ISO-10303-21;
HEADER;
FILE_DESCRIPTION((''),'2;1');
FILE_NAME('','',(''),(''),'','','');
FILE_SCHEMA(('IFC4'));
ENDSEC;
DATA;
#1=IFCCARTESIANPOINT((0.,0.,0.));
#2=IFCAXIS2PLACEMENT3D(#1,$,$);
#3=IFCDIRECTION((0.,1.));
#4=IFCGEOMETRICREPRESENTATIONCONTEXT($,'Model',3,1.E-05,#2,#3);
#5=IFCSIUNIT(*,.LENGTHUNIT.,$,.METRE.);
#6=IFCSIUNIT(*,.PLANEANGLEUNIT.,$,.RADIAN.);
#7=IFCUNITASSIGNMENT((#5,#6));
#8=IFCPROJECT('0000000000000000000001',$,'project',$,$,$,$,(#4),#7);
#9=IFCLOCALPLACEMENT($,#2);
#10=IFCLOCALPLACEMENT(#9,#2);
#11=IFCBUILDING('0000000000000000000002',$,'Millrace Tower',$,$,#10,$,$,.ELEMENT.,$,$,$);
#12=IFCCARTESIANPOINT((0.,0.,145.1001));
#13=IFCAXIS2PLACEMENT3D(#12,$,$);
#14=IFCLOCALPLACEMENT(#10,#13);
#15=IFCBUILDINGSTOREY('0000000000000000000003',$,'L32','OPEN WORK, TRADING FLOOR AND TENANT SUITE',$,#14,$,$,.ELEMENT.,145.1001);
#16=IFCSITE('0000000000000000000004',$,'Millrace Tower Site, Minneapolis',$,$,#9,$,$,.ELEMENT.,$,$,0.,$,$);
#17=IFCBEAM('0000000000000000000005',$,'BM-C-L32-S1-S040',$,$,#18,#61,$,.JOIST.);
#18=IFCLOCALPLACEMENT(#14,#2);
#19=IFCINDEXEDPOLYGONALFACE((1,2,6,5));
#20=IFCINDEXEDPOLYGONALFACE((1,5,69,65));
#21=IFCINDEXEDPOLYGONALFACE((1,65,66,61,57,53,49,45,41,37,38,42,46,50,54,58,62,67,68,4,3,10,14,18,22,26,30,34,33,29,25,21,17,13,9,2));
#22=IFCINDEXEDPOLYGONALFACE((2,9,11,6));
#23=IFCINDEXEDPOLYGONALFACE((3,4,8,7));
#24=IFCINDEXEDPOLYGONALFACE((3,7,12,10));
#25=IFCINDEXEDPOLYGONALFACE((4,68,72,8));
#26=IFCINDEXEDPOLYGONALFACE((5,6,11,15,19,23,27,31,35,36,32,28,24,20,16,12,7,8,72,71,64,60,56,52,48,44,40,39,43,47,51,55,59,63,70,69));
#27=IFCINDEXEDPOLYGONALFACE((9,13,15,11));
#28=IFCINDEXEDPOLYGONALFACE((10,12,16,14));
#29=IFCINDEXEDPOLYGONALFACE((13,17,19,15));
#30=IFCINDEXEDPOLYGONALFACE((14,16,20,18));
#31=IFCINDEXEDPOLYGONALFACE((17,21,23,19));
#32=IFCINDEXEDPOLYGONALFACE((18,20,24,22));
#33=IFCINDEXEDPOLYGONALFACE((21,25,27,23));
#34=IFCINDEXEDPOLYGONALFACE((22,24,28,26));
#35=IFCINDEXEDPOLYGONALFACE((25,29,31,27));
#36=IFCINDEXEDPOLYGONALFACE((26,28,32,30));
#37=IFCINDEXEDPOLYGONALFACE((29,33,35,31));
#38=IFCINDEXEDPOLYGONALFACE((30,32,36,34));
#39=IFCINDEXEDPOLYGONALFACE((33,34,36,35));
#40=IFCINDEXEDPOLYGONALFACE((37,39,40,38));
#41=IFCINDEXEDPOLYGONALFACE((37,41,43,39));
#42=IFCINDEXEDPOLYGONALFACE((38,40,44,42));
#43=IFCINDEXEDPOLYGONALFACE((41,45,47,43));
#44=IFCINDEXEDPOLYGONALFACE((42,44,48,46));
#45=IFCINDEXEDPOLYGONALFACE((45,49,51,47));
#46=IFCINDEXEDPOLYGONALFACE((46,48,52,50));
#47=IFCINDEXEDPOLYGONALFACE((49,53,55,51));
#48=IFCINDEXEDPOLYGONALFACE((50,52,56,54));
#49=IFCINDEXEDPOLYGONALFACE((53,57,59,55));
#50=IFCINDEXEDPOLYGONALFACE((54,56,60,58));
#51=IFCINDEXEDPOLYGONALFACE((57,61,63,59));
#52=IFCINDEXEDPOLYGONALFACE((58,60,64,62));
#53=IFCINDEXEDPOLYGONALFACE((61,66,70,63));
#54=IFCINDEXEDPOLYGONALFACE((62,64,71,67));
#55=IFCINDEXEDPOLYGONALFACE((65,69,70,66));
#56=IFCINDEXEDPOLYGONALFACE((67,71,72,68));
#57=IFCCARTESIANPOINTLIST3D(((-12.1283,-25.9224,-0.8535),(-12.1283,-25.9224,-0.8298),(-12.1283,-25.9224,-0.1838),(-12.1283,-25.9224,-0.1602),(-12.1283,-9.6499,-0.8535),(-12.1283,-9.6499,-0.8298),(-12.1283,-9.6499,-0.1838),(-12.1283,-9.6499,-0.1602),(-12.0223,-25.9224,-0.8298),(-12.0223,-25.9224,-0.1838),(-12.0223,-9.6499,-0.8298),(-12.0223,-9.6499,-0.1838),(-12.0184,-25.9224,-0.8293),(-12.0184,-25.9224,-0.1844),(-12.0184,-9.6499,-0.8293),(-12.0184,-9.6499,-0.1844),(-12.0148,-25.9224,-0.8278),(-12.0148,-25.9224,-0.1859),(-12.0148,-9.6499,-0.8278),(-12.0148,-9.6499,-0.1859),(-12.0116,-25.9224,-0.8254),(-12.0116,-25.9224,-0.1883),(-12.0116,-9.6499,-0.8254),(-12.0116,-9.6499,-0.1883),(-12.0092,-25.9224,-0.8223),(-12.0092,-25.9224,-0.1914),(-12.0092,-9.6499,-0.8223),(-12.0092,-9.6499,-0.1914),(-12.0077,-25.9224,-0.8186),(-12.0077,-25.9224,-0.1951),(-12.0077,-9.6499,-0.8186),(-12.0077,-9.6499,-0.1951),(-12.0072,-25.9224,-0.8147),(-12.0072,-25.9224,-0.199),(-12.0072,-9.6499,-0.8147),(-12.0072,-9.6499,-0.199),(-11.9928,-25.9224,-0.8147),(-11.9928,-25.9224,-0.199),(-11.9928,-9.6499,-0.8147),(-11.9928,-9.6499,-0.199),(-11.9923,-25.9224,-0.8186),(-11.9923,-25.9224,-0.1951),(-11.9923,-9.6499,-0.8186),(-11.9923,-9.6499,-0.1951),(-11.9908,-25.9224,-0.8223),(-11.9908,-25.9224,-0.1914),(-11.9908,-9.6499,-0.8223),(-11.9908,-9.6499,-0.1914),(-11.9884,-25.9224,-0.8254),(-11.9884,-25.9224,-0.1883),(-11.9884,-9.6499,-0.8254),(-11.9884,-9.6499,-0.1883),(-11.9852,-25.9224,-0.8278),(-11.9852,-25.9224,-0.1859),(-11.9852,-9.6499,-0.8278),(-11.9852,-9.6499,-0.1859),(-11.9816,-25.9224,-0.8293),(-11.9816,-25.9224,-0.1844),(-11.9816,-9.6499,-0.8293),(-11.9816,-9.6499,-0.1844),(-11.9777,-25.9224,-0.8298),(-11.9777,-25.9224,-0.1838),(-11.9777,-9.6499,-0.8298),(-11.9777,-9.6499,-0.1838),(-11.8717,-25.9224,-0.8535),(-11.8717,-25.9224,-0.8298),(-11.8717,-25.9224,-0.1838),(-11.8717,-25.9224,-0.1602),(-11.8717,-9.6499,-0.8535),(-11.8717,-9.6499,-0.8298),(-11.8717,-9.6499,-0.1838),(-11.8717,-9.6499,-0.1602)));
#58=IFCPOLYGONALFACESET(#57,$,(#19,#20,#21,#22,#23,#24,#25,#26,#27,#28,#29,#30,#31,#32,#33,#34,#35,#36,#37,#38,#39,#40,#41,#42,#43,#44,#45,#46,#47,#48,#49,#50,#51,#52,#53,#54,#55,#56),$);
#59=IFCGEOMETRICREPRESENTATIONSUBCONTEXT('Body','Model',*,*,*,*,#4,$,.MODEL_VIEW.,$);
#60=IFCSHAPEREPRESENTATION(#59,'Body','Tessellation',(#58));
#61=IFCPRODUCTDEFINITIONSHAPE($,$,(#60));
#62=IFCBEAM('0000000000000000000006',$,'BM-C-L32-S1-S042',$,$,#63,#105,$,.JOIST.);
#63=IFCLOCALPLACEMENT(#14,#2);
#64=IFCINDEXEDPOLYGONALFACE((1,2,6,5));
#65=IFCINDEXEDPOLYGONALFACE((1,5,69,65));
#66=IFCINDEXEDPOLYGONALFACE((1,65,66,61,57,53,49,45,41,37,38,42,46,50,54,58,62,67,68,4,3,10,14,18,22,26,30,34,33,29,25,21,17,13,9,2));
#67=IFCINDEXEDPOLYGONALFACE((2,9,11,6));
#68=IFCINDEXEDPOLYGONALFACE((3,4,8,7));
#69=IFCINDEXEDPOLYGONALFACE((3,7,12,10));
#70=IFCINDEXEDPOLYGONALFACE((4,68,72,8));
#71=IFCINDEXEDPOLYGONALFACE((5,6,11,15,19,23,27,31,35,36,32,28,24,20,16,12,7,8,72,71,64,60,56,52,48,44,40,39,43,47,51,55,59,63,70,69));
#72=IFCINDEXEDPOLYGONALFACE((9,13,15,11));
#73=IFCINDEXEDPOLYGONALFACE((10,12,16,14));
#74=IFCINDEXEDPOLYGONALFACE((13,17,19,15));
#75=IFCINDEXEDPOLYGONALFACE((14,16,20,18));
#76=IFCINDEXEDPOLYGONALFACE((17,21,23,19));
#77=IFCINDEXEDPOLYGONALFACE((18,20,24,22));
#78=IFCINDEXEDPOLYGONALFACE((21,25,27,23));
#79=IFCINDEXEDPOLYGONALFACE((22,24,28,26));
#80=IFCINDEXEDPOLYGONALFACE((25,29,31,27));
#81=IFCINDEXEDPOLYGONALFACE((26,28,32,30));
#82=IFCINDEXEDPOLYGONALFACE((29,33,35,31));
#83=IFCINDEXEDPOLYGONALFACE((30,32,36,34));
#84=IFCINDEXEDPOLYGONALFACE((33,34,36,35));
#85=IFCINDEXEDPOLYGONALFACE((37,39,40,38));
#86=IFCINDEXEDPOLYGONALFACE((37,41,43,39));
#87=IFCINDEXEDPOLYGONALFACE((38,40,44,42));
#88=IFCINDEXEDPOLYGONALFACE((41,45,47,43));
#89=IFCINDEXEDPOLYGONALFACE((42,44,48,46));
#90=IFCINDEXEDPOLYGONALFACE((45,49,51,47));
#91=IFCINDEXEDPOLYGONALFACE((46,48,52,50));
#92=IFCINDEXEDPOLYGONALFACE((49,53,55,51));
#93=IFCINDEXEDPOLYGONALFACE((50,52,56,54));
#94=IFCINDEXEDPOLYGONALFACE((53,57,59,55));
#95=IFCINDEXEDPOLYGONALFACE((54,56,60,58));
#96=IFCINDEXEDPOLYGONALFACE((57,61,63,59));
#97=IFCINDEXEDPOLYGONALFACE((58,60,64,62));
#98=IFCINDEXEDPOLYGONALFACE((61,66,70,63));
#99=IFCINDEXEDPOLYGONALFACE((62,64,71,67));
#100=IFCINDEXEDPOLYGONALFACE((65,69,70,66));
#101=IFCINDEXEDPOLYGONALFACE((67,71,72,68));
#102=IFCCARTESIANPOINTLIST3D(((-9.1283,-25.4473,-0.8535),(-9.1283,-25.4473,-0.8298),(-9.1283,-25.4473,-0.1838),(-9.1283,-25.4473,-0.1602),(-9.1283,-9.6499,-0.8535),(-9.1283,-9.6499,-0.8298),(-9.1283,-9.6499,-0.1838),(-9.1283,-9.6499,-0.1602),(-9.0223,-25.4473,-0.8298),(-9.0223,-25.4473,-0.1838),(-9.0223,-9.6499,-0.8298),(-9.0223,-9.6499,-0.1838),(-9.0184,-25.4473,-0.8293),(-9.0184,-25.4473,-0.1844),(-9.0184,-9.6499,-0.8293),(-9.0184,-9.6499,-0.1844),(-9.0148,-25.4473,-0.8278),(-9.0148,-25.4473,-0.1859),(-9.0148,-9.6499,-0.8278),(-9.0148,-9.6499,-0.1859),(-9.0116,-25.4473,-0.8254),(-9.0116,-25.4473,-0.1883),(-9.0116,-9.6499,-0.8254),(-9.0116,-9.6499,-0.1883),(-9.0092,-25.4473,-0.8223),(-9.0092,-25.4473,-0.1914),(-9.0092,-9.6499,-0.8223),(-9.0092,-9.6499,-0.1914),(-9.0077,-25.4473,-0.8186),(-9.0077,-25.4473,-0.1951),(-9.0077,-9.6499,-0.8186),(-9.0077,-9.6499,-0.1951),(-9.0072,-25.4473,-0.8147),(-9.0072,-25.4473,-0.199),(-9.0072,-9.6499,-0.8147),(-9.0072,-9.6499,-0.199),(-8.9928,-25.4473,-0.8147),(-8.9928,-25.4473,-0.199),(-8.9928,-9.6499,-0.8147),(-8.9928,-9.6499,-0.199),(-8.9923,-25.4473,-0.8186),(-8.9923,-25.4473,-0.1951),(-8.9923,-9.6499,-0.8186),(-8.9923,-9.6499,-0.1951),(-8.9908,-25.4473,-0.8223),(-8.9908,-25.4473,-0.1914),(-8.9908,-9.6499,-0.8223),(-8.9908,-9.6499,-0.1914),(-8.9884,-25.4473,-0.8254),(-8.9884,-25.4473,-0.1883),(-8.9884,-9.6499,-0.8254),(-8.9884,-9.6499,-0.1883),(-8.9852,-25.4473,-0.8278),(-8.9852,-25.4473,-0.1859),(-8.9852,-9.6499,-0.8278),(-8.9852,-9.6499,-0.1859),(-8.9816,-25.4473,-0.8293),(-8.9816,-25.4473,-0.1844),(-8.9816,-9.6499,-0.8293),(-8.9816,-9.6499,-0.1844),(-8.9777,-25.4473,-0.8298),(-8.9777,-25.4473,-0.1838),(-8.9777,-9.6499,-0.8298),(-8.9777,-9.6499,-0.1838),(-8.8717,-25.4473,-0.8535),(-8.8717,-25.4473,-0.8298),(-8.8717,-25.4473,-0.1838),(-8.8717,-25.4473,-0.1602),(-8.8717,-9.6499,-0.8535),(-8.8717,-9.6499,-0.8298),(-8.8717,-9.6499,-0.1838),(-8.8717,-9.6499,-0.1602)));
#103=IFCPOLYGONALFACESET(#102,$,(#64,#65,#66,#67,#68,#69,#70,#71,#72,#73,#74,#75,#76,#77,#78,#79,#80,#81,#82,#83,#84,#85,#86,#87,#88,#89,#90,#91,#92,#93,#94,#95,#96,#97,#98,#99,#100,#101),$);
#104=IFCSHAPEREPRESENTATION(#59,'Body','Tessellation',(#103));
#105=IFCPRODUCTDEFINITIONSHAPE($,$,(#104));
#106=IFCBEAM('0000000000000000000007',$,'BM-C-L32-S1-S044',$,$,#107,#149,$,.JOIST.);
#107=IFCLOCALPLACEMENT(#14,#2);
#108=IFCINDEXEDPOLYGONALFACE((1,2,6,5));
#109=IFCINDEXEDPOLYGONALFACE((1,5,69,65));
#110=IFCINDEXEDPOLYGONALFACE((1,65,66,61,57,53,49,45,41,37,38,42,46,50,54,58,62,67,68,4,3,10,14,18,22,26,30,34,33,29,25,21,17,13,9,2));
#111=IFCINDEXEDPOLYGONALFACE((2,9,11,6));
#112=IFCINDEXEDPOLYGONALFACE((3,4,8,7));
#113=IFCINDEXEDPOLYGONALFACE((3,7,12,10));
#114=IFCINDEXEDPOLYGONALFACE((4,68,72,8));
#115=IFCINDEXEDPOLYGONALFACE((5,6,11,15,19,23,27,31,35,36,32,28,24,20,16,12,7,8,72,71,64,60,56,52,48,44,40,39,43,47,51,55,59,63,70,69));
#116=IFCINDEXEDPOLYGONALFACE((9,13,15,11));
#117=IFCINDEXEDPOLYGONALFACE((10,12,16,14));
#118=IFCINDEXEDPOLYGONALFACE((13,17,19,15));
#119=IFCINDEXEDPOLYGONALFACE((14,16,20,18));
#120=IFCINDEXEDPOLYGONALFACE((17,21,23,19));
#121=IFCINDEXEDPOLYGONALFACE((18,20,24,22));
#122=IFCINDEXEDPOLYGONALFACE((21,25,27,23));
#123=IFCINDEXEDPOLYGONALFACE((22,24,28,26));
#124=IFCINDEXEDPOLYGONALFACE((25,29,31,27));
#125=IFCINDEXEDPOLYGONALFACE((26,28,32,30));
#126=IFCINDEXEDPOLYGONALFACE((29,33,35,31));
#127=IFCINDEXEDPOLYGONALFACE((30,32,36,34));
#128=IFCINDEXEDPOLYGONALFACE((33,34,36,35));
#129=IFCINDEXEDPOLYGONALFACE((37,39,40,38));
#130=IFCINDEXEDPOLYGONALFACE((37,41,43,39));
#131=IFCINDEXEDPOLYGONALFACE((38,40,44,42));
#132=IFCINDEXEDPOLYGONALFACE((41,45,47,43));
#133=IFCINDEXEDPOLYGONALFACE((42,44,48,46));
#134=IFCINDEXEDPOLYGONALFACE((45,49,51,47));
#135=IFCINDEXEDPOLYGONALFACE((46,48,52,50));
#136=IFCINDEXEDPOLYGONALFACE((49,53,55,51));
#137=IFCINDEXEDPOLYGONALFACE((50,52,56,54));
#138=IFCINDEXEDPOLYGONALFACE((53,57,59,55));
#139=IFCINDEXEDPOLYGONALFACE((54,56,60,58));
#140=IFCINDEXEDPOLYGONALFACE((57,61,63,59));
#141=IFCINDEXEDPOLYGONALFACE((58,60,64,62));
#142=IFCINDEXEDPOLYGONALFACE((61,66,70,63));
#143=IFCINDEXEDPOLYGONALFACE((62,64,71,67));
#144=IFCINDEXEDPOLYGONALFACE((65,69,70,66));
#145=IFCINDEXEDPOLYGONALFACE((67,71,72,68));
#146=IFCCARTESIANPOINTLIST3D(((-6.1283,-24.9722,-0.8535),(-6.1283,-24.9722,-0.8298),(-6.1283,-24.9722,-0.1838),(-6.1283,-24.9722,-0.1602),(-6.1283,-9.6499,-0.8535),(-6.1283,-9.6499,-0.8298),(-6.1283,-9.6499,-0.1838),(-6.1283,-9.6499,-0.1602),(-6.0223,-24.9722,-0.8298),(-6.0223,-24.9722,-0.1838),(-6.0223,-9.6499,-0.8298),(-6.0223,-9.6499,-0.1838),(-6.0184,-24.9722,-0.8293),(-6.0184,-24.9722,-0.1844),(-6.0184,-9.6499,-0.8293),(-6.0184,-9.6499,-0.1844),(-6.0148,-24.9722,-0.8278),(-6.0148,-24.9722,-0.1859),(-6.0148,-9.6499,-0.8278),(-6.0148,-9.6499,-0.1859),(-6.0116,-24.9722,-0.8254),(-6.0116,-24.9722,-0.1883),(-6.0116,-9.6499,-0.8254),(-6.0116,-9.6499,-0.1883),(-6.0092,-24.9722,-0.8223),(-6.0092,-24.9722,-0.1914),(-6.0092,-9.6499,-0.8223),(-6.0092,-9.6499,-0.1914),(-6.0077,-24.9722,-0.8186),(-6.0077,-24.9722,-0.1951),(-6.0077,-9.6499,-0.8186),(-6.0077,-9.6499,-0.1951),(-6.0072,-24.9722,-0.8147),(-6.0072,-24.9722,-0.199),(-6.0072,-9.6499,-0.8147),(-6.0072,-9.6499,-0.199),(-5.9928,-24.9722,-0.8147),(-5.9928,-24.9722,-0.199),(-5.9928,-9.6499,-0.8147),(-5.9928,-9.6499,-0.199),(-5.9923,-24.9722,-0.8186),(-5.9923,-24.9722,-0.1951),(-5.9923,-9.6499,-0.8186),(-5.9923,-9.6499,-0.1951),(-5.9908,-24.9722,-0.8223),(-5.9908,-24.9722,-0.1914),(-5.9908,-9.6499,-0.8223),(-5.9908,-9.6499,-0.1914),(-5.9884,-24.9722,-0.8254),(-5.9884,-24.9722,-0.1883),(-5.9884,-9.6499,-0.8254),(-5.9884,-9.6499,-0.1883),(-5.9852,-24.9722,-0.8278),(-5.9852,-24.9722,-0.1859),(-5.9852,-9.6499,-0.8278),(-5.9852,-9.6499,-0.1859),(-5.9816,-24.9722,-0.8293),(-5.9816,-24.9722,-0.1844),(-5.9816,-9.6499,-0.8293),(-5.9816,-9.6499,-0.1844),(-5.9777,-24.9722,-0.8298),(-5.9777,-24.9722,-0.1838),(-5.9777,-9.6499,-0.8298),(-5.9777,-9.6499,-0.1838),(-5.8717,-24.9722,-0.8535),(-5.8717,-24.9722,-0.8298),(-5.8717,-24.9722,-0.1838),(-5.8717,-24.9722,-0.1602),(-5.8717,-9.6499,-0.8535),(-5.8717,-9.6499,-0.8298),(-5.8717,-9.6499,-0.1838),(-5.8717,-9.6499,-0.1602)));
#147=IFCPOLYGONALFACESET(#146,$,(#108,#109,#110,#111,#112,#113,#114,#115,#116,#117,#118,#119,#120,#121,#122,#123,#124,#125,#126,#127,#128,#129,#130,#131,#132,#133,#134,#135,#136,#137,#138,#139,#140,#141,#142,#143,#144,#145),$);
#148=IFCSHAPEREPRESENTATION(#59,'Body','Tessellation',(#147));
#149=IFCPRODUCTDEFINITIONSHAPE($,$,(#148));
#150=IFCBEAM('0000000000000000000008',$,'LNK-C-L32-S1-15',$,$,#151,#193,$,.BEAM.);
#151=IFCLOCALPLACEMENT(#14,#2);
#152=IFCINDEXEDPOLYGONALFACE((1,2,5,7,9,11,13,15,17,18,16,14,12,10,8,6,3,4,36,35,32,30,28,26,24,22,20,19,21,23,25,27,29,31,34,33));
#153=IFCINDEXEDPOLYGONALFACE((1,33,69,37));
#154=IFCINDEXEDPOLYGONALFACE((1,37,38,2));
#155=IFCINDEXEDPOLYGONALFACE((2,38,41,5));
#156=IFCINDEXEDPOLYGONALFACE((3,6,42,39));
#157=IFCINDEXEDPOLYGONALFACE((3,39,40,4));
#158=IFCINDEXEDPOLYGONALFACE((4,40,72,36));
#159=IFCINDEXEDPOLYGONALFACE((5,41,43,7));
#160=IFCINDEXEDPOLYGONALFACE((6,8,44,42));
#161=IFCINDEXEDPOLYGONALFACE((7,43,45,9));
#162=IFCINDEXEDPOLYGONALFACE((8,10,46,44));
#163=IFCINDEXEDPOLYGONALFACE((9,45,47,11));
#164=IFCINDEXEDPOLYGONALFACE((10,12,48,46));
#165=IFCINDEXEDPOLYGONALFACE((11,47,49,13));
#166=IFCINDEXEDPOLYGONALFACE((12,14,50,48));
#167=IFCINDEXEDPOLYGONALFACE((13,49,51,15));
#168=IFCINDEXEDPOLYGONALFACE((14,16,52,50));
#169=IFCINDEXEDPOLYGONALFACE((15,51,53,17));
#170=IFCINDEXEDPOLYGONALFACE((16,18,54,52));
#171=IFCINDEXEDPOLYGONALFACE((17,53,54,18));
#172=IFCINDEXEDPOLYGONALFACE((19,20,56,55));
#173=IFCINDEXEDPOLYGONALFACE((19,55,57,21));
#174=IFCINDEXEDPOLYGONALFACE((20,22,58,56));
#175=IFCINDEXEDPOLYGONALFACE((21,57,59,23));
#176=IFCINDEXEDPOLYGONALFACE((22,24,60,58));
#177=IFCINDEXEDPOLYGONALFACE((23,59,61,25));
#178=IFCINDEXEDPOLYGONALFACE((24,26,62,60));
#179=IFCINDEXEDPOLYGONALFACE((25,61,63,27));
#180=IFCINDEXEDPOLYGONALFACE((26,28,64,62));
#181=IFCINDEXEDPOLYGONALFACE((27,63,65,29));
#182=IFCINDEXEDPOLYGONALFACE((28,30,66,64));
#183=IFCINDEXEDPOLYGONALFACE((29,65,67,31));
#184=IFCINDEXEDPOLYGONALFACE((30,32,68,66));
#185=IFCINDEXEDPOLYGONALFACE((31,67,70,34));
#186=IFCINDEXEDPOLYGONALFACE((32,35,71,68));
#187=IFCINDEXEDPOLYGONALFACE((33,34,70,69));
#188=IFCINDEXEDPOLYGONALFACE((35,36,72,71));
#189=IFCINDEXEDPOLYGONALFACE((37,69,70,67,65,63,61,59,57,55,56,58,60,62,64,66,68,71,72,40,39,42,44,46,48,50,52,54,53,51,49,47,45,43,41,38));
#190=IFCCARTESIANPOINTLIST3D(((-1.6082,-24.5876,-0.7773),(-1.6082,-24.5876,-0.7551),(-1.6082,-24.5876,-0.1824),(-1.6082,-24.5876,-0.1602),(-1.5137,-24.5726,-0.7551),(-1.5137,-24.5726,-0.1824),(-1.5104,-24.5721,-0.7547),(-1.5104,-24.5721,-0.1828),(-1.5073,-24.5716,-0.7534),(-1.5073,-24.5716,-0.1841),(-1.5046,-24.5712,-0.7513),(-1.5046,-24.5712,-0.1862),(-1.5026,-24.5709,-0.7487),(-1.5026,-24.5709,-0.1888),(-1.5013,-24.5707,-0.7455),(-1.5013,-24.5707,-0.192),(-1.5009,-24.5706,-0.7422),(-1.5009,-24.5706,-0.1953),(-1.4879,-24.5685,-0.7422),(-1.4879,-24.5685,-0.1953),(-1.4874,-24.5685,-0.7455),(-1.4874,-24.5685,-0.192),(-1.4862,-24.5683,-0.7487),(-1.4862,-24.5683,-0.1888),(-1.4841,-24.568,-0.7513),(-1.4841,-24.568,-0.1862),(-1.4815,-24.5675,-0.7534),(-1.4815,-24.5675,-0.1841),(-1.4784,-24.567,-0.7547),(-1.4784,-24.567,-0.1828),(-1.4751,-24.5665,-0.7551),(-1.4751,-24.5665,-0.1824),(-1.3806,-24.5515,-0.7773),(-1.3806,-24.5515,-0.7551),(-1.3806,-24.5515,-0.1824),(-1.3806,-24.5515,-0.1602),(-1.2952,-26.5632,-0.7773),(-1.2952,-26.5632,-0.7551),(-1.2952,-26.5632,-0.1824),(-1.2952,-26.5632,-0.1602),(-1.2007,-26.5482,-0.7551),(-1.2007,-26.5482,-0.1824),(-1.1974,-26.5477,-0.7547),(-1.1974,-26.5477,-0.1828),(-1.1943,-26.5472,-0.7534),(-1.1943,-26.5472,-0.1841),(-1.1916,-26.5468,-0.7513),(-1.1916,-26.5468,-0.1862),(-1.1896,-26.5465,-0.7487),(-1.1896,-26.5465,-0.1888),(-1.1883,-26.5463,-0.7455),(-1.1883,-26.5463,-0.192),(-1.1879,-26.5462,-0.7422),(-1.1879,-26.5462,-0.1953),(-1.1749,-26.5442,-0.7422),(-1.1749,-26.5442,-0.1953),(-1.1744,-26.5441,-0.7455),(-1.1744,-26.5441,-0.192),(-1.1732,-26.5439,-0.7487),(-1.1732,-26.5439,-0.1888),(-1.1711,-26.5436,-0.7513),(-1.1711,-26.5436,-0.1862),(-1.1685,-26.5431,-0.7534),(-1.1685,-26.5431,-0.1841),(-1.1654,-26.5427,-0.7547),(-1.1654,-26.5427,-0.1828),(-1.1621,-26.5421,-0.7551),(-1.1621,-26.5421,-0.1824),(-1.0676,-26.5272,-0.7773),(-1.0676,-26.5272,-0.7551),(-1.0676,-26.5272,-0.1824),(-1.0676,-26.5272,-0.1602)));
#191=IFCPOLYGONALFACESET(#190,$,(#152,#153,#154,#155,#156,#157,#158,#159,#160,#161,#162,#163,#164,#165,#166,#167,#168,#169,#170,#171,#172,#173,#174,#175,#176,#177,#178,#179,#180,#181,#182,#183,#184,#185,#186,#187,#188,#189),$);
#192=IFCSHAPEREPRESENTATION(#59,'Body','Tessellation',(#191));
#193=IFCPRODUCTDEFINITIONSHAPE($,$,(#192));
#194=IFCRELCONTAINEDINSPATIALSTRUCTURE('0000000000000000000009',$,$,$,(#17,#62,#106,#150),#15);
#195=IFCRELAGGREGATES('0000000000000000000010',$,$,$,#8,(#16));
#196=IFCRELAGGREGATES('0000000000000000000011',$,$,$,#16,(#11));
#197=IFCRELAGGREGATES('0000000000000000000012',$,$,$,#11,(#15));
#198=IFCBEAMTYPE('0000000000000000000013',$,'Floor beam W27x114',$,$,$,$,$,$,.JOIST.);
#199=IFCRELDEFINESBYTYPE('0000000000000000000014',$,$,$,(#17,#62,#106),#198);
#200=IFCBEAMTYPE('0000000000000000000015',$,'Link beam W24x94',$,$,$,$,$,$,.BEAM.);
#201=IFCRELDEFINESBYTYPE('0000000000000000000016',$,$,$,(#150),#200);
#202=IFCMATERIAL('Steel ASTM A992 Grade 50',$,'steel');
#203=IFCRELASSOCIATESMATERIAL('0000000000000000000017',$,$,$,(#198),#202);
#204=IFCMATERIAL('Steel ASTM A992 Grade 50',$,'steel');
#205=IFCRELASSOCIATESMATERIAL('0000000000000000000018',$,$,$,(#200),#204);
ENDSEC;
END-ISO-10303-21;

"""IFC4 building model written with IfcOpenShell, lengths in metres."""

from ifc_helpers import new_model, si_unit, direction, frame, origin, origin_2d, place, context, subcontext, project, spatial, i_section, extrude, material, material_profile, profile_set, type_object, element, save


model = new_model("IFC4")

# Units and contexts
model_context = context("Model", 3, precision=1e-05, world=origin(), true_north=direction((0.0, 1.0)))
body_context = subcontext(model_context, "Body", "Model", "MODEL_VIEW")
ifc_project = project(units=[si_unit("LENGTHUNIT", "METRE"), si_unit("PLANEANGLEUNIT", "RADIAN")], contexts=[model_context])

# Site, building, storey
site_placement = place(None, origin())
site = spatial("IfcSite", under=ifc_project, at=site_placement, Name="Millrace Tower Site, Minneapolis", CompositionType="ELEMENT", RefElevation=0.0)
building_placement = place(site_placement, origin())
building = spatial("IfcBuilding", under=site, at=building_placement, Name="Millrace Tower", CompositionType="ELEMENT")
storey_placement = place(building_placement, frame((0.0, 0.0, 145.1001)))
storey = spatial("IfcBuildingStorey", under=building, at=storey_placement, Name="L32", Description="OPEN WORK, TRADING FLOOR AND TENANT SUITE", CompositionType="ELEMENT", Elevation=145.1001)

# Beams
ifc_material_1 = material(Name="Steel ASTM A992 Grade 50", Category="steel")
ifc_material_profile_1 = material_profile(ifc_material_1, i_section(OverallWidth=0.2566, OverallDepth=0.6934, WebThickness=0.0144, FlangeThickness=0.0237, FilletRadius=0.0151, at=origin_2d()))
ifc_profile_set_1 = profile_set([ifc_material_profile_1], Name="Steel ASTM A992 Grade 50")
beam_type_1 = type_object("IfcBeamType", Name="Floor beam W27x114", PredefinedType="JOIST", material=ifc_profile_set_1)
beam_1_placement = place(storey_placement, frame((-12.0, -25.9224, -0.5068), z_axis=(0.0, 1.0, 0.0), x_axis=(-1.0, 0.0, 0.0)))
element("IfcBeam", 1, at=beam_1_placement, inside=storey, type_object=beam_type_1, Name="BM-C-L32-S1-S040", PredefinedType="JOIST", context=body_context, shape_type="SweptSolid", body=[
    extrude(i_section(OverallWidth=0.2566, OverallDepth=0.6934, WebThickness=0.0144, FlangeThickness=0.0237, FilletRadius=0.0151, at=origin_2d()), origin(), (0.0, 0.0, 1.0), 16.2725),
])
beam_2_placement = place(storey_placement, frame((-9.0, -25.4473, -0.5068), z_axis=(0.0, 1.0, 0.0), x_axis=(-1.0, 0.0, 0.0)))
element("IfcBeam", 2, at=beam_2_placement, inside=storey, type_object=beam_type_1, Name="BM-C-L32-S1-S042", PredefinedType="JOIST", context=body_context, shape_type="SweptSolid", body=[
    extrude(i_section(OverallWidth=0.2566, OverallDepth=0.6934, WebThickness=0.0144, FlangeThickness=0.0237, FilletRadius=0.0151, at=origin_2d()), origin(), (0.0, 0.0, 1.0), 15.7974),
])
beam_3_placement = place(storey_placement, frame((-6.0, -24.9722, -0.5068), z_axis=(0.0, 1.0, 0.0), x_axis=(-1.0, 0.0, 0.0)))
element("IfcBeam", 3, at=beam_3_placement, inside=storey, type_object=beam_type_1, Name="BM-C-L32-S1-S044", PredefinedType="JOIST", context=body_context, shape_type="SweptSolid", body=[
    extrude(i_section(OverallWidth=0.2566, OverallDepth=0.6934, WebThickness=0.0144, FlangeThickness=0.0237, FilletRadius=0.0151, at=origin_2d()), origin(), (0.0, 0.0, 1.0), 15.3223),
])
ifc_material_2 = material(Name="Steel ASTM A992 Grade 50", Category="steel")
ifc_material_profile_2 = material_profile(ifc_material_2, i_section(OverallWidth=0.2305, OverallDepth=0.6172, WebThickness=0.0132, FlangeThickness=0.0222, FilletRadius=0.0129, at=origin_2d()))
ifc_profile_set_2 = profile_set([ifc_material_profile_2], Name="Steel ASTM A992 Grade 50")
beam_type_2 = type_object("IfcBeamType", Name="Link beam W24x94", PredefinedType="BEAM", material=ifc_profile_set_2)
beam_4_placement = place(storey_placement, frame((-1.4944, -24.5696, -0.4688), z_axis=(0.156477, -0.987682, 0.0), x_axis=(0.987682, 0.156477, 0.0)))
element("IfcBeam", 4, at=beam_4_placement, inside=storey, type_object=beam_type_2, Name="LNK-C-L32-S1-15", PredefinedType="BEAM", context=body_context, shape_type="SweptSolid", body=[
    extrude(i_section(OverallWidth=0.2305, OverallDepth=0.6172, WebThickness=0.0132, FlangeThickness=0.0222, FilletRadius=0.0129, at=origin_2d()), origin(), (0.0, 0.0, 1.0), 2.0002),
])

save(model, "model.ifc")
